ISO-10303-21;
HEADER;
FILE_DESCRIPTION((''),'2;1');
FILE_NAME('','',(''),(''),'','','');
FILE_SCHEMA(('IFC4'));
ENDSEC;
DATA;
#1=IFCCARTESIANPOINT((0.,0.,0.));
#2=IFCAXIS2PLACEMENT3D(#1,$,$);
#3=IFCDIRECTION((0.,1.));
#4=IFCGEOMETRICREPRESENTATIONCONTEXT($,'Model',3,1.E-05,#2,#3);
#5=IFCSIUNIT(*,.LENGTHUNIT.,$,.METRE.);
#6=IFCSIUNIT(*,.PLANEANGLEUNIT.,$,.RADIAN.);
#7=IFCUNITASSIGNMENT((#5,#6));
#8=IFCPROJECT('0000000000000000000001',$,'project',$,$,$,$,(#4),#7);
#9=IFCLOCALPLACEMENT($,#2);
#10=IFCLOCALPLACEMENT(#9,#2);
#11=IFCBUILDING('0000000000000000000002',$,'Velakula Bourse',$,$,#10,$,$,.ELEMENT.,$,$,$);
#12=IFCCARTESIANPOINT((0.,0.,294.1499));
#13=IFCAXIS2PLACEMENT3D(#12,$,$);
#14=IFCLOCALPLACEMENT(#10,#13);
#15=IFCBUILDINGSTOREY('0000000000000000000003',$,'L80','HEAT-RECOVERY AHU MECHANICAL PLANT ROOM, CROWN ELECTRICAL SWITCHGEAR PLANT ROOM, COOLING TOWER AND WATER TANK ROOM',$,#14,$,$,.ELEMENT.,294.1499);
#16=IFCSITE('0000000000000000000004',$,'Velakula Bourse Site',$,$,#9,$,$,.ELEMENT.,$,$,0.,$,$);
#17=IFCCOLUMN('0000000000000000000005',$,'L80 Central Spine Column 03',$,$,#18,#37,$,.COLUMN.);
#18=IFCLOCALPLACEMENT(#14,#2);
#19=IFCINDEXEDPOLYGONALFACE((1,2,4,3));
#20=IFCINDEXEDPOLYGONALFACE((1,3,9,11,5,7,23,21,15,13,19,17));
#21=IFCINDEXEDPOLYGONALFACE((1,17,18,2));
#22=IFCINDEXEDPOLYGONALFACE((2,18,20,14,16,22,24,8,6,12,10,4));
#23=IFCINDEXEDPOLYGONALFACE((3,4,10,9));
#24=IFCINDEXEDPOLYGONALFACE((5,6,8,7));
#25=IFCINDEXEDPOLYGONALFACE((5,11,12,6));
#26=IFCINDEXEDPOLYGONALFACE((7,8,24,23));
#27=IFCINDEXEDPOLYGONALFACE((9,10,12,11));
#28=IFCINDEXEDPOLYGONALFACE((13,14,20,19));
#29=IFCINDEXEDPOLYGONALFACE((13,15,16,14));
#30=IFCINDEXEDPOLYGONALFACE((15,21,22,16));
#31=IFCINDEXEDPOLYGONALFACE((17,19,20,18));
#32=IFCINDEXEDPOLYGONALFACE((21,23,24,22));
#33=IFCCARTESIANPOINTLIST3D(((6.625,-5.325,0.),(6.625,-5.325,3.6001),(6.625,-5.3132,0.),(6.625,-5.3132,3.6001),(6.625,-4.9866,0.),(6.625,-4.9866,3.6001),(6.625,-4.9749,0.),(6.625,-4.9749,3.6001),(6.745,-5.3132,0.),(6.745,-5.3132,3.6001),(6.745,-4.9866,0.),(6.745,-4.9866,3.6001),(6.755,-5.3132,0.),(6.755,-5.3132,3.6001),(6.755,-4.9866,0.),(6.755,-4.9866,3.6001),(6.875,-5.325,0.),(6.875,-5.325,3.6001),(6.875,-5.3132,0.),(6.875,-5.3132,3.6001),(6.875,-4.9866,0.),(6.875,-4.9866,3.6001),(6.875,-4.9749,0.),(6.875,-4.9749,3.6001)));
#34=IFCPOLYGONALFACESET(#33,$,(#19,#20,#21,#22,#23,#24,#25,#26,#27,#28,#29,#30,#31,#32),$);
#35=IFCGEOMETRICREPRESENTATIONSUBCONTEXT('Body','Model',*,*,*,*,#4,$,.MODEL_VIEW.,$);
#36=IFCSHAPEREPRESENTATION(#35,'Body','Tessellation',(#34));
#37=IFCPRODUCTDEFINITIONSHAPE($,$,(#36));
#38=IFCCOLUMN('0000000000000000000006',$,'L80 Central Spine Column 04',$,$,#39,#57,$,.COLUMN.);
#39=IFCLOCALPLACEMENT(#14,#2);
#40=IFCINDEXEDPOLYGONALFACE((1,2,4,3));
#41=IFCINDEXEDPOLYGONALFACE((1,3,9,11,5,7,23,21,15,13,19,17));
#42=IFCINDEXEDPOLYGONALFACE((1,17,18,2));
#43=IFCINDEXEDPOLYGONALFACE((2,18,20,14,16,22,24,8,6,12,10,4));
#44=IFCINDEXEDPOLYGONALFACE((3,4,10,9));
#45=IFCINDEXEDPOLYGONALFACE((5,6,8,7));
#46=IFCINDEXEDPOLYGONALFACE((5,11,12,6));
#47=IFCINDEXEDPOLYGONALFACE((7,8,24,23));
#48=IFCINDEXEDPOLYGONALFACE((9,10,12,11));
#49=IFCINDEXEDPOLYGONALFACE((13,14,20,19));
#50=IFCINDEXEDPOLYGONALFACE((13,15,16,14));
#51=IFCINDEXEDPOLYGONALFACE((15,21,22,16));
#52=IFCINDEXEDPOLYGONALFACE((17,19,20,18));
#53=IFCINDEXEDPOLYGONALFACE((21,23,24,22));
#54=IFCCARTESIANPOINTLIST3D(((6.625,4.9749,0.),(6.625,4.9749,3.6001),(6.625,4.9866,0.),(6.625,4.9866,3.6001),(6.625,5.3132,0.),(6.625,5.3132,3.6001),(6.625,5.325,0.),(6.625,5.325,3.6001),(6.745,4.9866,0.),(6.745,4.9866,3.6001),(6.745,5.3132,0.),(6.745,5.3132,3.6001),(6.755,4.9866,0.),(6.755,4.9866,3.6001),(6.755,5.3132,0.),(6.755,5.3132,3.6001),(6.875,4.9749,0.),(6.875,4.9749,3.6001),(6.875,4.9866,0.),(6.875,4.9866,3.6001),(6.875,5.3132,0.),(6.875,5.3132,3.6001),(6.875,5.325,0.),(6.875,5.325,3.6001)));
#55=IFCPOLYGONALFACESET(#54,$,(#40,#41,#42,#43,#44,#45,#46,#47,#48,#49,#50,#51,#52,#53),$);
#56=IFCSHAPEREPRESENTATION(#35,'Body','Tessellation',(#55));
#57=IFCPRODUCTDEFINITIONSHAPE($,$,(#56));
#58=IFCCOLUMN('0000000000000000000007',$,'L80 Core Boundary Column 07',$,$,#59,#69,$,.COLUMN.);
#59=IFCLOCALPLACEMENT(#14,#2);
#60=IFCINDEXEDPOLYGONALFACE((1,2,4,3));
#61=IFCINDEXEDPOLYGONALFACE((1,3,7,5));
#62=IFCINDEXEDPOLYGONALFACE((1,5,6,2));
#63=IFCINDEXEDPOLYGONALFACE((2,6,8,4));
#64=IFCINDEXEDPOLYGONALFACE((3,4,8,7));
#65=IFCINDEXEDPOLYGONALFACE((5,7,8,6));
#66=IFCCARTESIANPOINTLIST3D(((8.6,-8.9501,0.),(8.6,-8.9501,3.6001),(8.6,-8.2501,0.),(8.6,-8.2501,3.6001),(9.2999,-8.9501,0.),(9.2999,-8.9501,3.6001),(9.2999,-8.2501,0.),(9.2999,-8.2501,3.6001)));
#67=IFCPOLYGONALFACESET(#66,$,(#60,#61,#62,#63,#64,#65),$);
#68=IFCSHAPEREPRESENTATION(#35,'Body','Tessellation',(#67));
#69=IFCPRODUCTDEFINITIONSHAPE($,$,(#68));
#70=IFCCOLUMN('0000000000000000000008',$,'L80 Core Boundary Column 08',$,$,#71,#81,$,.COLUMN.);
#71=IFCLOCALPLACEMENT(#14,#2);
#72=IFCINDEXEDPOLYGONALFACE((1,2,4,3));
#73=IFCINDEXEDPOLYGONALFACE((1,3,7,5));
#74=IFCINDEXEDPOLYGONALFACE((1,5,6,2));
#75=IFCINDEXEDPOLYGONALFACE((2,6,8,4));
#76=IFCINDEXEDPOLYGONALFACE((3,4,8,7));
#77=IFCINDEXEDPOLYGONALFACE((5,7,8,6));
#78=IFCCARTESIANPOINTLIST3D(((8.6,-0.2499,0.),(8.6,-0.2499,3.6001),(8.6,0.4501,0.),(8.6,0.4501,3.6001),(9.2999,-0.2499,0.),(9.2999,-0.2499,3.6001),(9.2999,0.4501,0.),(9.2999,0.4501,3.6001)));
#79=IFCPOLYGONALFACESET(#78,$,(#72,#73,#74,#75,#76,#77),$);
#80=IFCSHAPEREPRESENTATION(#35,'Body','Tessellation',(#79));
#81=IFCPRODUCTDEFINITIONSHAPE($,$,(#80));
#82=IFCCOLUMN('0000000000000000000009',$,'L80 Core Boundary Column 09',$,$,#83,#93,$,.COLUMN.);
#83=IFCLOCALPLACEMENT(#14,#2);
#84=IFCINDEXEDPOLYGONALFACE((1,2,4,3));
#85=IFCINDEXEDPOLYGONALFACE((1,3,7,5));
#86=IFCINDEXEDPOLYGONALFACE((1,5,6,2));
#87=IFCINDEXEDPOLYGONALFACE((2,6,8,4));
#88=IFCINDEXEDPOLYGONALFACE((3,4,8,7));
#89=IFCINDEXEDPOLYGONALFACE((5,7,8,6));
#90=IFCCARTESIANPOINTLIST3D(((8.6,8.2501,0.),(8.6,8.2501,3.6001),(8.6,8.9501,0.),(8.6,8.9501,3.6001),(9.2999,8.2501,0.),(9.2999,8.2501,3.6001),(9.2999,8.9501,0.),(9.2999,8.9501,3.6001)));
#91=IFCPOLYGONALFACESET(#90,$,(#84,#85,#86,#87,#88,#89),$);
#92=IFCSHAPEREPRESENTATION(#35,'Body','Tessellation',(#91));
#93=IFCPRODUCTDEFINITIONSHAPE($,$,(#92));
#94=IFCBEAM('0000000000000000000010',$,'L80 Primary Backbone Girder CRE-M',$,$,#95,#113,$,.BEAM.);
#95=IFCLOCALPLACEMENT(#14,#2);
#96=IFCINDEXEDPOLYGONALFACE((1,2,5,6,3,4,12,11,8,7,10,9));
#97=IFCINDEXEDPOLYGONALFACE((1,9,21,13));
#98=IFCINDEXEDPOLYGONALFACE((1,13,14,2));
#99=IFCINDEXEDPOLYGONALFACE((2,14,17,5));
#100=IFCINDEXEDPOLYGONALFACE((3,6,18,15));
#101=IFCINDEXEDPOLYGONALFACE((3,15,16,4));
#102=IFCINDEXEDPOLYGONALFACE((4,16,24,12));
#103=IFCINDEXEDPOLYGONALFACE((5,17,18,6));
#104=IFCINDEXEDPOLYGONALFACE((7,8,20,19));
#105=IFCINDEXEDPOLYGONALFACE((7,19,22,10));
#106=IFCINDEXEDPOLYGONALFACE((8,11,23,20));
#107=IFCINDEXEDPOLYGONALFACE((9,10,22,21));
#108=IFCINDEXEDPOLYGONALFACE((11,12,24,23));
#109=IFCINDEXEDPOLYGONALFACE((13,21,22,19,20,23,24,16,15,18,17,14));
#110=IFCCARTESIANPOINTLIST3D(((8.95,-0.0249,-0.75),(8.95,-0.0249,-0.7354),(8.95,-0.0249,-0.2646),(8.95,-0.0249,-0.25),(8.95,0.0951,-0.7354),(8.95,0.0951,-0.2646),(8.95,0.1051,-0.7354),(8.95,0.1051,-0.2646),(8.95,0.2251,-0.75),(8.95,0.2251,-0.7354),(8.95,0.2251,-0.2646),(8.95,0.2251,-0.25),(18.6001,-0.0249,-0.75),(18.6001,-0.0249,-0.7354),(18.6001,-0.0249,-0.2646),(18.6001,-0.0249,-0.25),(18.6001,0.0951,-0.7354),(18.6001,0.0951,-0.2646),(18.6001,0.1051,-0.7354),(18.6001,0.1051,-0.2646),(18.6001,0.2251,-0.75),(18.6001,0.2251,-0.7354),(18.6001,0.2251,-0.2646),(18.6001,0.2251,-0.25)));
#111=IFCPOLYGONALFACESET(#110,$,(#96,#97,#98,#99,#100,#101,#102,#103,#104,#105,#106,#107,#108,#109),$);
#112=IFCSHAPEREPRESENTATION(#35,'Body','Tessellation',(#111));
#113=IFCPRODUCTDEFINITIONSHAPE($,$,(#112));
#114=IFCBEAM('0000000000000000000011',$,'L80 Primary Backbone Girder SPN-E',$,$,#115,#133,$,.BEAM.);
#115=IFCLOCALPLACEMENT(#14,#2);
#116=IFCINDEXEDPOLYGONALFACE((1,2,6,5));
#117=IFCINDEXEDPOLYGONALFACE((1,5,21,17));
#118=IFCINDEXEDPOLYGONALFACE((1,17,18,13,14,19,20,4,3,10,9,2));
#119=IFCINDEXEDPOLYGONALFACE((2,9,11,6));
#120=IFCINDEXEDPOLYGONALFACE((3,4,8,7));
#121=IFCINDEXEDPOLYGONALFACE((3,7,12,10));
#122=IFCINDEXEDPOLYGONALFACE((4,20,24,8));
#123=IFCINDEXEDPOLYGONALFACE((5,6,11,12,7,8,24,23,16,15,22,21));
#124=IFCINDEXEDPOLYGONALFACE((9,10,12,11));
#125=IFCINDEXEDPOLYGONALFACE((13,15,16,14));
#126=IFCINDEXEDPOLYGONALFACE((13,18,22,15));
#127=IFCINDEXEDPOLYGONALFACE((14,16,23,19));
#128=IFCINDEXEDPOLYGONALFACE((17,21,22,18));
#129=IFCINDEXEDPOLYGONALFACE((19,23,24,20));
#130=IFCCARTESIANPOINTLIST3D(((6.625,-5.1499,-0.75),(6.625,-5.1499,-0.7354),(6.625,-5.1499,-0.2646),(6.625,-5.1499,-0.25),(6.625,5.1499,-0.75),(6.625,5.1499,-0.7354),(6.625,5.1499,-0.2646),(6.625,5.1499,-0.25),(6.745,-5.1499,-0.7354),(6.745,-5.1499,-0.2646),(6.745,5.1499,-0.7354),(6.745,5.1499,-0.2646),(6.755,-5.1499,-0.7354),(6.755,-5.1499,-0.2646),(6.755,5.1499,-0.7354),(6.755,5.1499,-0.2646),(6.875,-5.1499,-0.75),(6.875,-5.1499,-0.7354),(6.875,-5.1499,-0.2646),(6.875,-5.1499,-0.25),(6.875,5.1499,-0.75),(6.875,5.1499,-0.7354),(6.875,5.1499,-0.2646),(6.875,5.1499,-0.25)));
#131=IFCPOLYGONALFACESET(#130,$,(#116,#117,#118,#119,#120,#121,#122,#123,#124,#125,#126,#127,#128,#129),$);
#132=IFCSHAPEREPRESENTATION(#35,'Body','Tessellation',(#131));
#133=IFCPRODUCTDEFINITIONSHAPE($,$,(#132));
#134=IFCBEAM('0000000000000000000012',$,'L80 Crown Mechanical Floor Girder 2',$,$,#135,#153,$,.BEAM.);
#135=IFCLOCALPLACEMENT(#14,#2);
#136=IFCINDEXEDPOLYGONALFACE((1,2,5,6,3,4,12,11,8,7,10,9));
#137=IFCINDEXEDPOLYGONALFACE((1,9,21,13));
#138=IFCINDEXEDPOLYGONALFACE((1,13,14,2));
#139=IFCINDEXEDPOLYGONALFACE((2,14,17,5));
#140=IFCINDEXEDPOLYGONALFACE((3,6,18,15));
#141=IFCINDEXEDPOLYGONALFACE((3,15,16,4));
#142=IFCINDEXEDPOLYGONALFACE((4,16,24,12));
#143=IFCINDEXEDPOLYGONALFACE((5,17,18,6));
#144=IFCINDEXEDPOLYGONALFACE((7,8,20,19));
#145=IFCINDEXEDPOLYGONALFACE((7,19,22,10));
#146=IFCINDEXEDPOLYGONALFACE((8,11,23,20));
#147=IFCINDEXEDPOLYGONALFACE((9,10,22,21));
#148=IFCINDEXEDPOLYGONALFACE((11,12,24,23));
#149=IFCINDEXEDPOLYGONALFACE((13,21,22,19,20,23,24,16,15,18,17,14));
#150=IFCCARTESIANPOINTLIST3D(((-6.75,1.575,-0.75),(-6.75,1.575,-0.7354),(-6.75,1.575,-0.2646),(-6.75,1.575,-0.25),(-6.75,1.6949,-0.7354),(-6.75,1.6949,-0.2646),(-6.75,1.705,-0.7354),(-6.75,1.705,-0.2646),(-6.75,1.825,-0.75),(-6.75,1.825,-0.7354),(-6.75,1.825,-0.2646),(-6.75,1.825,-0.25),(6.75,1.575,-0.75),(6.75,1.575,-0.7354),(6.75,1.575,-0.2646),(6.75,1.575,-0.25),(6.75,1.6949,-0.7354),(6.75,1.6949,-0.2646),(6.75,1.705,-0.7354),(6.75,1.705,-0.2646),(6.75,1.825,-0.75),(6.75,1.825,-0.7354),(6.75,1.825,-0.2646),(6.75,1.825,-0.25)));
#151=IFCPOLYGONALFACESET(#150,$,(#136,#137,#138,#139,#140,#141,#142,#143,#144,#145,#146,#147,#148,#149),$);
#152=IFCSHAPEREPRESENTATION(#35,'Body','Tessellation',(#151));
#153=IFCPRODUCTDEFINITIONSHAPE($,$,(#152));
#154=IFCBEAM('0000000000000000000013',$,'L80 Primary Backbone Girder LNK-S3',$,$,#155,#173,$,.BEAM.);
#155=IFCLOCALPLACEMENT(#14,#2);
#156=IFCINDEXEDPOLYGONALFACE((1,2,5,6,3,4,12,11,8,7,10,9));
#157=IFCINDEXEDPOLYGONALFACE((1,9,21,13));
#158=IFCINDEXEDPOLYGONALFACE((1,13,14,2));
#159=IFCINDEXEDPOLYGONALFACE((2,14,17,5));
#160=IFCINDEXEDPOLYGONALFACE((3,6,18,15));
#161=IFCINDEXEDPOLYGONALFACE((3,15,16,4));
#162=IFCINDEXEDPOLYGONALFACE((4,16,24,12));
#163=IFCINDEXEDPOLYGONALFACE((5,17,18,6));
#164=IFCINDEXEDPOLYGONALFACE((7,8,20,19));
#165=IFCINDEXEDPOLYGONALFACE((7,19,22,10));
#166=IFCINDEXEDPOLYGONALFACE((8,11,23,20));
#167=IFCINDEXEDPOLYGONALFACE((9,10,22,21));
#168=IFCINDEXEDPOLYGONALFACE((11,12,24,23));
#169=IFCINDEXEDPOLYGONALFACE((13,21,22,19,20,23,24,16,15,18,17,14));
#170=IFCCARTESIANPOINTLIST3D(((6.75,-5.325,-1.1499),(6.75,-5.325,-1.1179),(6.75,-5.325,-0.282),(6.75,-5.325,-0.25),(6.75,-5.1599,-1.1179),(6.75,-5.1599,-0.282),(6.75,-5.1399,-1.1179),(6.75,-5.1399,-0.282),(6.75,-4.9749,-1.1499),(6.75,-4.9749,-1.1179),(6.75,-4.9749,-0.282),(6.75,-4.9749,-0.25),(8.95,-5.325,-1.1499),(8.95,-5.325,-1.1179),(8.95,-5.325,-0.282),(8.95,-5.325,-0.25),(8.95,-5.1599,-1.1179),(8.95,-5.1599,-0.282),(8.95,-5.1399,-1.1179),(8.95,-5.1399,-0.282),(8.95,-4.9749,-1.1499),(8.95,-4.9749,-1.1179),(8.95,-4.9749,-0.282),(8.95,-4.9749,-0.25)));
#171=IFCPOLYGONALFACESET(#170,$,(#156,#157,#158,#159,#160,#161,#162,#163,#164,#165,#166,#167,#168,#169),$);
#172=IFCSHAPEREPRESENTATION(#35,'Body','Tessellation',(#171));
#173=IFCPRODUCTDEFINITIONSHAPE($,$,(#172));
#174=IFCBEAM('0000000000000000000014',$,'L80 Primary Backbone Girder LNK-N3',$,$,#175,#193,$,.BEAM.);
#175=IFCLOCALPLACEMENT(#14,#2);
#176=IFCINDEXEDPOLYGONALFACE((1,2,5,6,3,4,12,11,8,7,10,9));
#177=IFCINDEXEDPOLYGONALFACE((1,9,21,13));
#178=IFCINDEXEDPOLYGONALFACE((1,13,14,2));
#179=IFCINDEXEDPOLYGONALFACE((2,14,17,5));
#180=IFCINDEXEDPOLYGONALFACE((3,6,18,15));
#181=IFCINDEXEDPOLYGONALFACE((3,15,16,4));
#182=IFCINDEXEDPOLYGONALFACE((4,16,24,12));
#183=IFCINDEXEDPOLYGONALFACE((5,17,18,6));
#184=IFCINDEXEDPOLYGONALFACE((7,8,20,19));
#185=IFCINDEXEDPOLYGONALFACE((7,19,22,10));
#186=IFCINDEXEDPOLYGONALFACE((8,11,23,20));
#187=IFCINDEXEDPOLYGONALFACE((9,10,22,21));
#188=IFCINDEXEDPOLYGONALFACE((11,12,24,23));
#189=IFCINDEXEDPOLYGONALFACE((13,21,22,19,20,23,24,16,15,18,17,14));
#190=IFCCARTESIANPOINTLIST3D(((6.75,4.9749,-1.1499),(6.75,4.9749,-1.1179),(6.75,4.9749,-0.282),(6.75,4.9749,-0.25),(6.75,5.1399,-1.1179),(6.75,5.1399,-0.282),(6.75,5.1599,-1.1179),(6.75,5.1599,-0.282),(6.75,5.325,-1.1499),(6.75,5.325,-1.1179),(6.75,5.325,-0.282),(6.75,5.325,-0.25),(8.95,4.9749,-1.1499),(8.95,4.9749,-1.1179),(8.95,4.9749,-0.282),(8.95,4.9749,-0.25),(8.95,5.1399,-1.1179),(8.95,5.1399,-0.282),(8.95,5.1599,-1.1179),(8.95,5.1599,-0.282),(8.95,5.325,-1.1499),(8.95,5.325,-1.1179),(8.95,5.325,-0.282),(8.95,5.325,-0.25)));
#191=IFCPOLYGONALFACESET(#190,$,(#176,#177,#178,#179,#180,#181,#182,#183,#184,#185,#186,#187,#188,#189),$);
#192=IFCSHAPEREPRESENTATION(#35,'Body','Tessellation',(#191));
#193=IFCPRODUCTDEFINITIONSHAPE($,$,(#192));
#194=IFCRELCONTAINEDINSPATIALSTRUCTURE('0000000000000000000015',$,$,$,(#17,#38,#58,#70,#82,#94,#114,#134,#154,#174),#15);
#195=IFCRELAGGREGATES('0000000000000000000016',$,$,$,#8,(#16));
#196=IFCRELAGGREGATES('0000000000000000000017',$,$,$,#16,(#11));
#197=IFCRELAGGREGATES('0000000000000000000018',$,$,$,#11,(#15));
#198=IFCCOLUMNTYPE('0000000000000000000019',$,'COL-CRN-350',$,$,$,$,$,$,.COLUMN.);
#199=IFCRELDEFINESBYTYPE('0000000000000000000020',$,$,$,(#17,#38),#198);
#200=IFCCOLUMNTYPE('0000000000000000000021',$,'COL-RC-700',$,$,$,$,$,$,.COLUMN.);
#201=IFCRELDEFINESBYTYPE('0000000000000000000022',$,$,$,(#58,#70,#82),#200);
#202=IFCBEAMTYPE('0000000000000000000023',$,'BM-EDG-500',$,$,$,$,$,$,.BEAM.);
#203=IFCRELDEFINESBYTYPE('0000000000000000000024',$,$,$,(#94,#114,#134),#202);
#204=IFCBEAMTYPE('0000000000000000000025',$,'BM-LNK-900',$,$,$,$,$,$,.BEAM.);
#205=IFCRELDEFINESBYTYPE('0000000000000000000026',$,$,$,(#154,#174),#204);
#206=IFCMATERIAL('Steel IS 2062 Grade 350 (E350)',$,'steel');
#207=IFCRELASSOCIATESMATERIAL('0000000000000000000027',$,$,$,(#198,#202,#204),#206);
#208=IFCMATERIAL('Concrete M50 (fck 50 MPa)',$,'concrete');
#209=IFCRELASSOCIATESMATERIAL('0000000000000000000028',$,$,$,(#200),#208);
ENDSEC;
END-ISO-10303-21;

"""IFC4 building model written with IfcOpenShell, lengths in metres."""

from ifc_helpers import new_model, si_unit, direction, frame, origin, origin_2d, place, context, subcontext, project, spatial, rectangle, i_section, extrude, material, material_profile, profile_set, type_object, element, save


model = new_model("IFC4")

# Units and contexts
model_context = context("Model", 3, precision=1e-05, world=origin(), true_north=direction((0.0, 1.0)))
body_context = subcontext(model_context, "Body", "Model", "MODEL_VIEW")
ifc_project = project(units=[si_unit("LENGTHUNIT", "METRE"), si_unit("PLANEANGLEUNIT", "RADIAN")], contexts=[model_context])

# Site, building, storey
site_placement = place(None, origin())
site = spatial("IfcSite", under=ifc_project, at=site_placement, Name="Velakula Bourse Site", CompositionType="ELEMENT", RefElevation=0.0)
building_placement = place(site_placement, origin())
building = spatial("IfcBuilding", under=site, at=building_placement, Name="Velakula Bourse", CompositionType="ELEMENT")
storey_placement = place(building_placement, frame((0.0, 0.0, 294.1499)))
storey = spatial("IfcBuildingStorey", under=building, at=storey_placement, Name="L80", Description="HEAT-RECOVERY AHU MECHANICAL PLANT ROOM, CROWN ELECTRICAL SWITCHGEAR PLANT ROOM, COOLING TOWER AND WATER TANK ROOM", CompositionType="ELEMENT", Elevation=294.1499)

# Columns
ifc_material_1 = material(Name="Steel IS 2062 Grade 350 (E350)", Category="steel")
ifc_material_profile_1 = material_profile(ifc_material_1, i_section(OverallWidth=0.25, OverallDepth=0.3501, WebThickness=0.01, FlangeThickness=0.0117, at=origin_2d()), Name="Steel IS 2062 Grade 350 (E350)")
ifc_profile_set_1 = profile_set([ifc_material_profile_1], Name="Steel IS 2062 Grade 350 (E350)")
column_type_1 = type_object("IfcColumnType", Name="COL-CRN-350", PredefinedType="COLUMN", material=ifc_profile_set_1)
for number, where, z_axis, x_axis, name in (
    (1, (6.75, -5.1499, 0.0), (0.0, 0.0, 1.0), (1.0, 0.0, 0.0), "L80 Central Spine Column 03"),
    (2, (6.75, 5.1499, 0.0), (0.0, 0.0, 1.0), (1.0, 0.0, 0.0), "L80 Central Spine Column 04"),
):
    element("IfcColumn", number, at=place(storey_placement, frame(where, z_axis=z_axis, x_axis=x_axis)), inside=storey, type_object=column_type_1, Name=name, PredefinedType="COLUMN", context=body_context, shape_type="SweptSolid", body=[
        extrude(i_section(OverallWidth=0.25, OverallDepth=0.3501, WebThickness=0.01, FlangeThickness=0.0117, at=origin_2d()), origin(), (0.0, 0.0, 1.0), 3.6001),
    ])
ifc_material_2 = material(Name="Concrete M50 (fck 50 MPa)", Category="concrete")
ifc_material_profile_2 = material_profile(ifc_material_2, rectangle(XDim=0.7, YDim=0.7, at=origin_2d()), Name="Concrete M50 (fck 50 MPa)")
ifc_profile_set_2 = profile_set([ifc_material_profile_2], Name="Concrete M50 (fck 50 MPa)")
column_type_2 = type_object("IfcColumnType", Name="COL-RC-700", PredefinedType="COLUMN", material=ifc_profile_set_2)
for number, where, z_axis, x_axis, name in (
    (3, (8.95, -8.6001, 0.0), (0.0, 0.0, 1.0), (1.0, 0.0, 0.0), "L80 Core Boundary Column 07"),
    (4, (8.95, 0.1001, 0.0), (0.0, 0.0, 1.0), (1.0, 0.0, 0.0), "L80 Core Boundary Column 08"),
    (5, (8.95, 8.6001, 0.0), (0.0, 0.0, 1.0), (1.0, 0.0, 0.0), "L80 Core Boundary Column 09"),
):
    element("IfcColumn", number, at=place(storey_placement, frame(where, z_axis=z_axis, x_axis=x_axis)), inside=storey, type_object=column_type_2, Name=name, PredefinedType="COLUMN", context=body_context, shape_type="SweptSolid", body=[
        extrude(rectangle(XDim=0.7, YDim=0.7, at=origin_2d()), origin(), (0.0, 0.0, 1.0), 3.6001),
    ])

# Beams
ifc_material_profile_3 = material_profile(ifc_material_1, i_section(OverallWidth=0.25, OverallDepth=0.5, WebThickness=0.01, FlangeThickness=0.0146, at=origin_2d()), Name="Steel IS 2062 Grade 350 (E350)")
ifc_profile_set_3 = profile_set([ifc_material_profile_3], Name="Steel IS 2062 Grade 350 (E350)")
beam_type_1 = type_object("IfcBeamType", Name="BM-EDG-500", PredefinedType="BEAM", material=ifc_profile_set_3)
beam_1_placement = place(storey_placement, frame((8.95, 0.1001, -0.5), z_axis=(1.0, 0.0, 0.0), x_axis=(0.0, 1.0, 0.0)))
element("IfcBeam", 6, at=beam_1_placement, inside=storey, type_object=beam_type_1, Name="L80 Primary Backbone Girder CRE-M", PredefinedType="BEAM", context=body_context, shape_type="SweptSolid", body=[
    extrude(i_section(OverallWidth=0.25, OverallDepth=0.5, WebThickness=0.01, FlangeThickness=0.0146, at=origin_2d()), origin(), (0.0, 0.0, 1.0), 9.6501),
])
beam_2_placement = place(storey_placement, frame((6.75, -5.1499, -0.5), z_axis=(0.0, 1.0, 0.0), x_axis=(-1.0, 0.0, 0.0)))
element("IfcBeam", 7, at=beam_2_placement, inside=storey, type_object=beam_type_1, Name="L80 Primary Backbone Girder SPN-E", PredefinedType="BEAM", context=body_context, shape_type="SweptSolid", body=[
    extrude(i_section(OverallWidth=0.25, OverallDepth=0.5, WebThickness=0.01, FlangeThickness=0.0146, at=origin_2d()), origin(), (0.0, 0.0, 1.0), 10.2998),
])
beam_3_placement = place(storey_placement, frame((-6.75, 1.7, -0.5), z_axis=(1.0, 0.0, 0.0), x_axis=(0.0, 1.0, 0.0)))
element("IfcBeam", 8, at=beam_3_placement, inside=storey, type_object=beam_type_1, Name="L80 Crown Mechanical Floor Girder 2", PredefinedType="BEAM", context=body_context, shape_type="SweptSolid", body=[
    extrude(i_section(OverallWidth=0.25, OverallDepth=0.5, WebThickness=0.01, FlangeThickness=0.0146, at=origin_2d()), origin(), (0.0, 0.0, 1.0), 13.5),
])
ifc_material_profile_4 = material_profile(ifc_material_1, i_section(OverallWidth=0.3501, OverallDepth=0.8999, WebThickness=0.02, FlangeThickness=0.032, at=origin_2d()), Name="Steel IS 2062 Grade 350 (E350)")
ifc_profile_set_4 = profile_set([ifc_material_profile_4], Name="Steel IS 2062 Grade 350 (E350)")
beam_type_2 = type_object("IfcBeamType", Name="BM-LNK-900", PredefinedType="BEAM", material=ifc_profile_set_4)
for number, where, z_axis, x_axis, name in (
    (9, (6.75, -5.1499, -0.7), (1.0, 0.0, 0.0), (0.0, 1.0, 0.0), "L80 Primary Backbone Girder LNK-S3"),
    (10, (6.75, 5.1499, -0.7), (1.0, 0.0, 0.0), (0.0, 1.0, 0.0), "L80 Primary Backbone Girder LNK-N3"),
):
    element("IfcBeam", number, at=place(storey_placement, frame(where, z_axis=z_axis, x_axis=x_axis)), inside=storey, type_object=beam_type_2, Name=name, PredefinedType="BEAM", context=body_context, shape_type="SweptSolid", body=[
        extrude(i_section(OverallWidth=0.3501, OverallDepth=0.8999, WebThickness=0.02, FlangeThickness=0.032, at=origin_2d()), origin(), (0.0, 0.0, 1.0), 2.2),
    ])

save(model, "model.ifc")
